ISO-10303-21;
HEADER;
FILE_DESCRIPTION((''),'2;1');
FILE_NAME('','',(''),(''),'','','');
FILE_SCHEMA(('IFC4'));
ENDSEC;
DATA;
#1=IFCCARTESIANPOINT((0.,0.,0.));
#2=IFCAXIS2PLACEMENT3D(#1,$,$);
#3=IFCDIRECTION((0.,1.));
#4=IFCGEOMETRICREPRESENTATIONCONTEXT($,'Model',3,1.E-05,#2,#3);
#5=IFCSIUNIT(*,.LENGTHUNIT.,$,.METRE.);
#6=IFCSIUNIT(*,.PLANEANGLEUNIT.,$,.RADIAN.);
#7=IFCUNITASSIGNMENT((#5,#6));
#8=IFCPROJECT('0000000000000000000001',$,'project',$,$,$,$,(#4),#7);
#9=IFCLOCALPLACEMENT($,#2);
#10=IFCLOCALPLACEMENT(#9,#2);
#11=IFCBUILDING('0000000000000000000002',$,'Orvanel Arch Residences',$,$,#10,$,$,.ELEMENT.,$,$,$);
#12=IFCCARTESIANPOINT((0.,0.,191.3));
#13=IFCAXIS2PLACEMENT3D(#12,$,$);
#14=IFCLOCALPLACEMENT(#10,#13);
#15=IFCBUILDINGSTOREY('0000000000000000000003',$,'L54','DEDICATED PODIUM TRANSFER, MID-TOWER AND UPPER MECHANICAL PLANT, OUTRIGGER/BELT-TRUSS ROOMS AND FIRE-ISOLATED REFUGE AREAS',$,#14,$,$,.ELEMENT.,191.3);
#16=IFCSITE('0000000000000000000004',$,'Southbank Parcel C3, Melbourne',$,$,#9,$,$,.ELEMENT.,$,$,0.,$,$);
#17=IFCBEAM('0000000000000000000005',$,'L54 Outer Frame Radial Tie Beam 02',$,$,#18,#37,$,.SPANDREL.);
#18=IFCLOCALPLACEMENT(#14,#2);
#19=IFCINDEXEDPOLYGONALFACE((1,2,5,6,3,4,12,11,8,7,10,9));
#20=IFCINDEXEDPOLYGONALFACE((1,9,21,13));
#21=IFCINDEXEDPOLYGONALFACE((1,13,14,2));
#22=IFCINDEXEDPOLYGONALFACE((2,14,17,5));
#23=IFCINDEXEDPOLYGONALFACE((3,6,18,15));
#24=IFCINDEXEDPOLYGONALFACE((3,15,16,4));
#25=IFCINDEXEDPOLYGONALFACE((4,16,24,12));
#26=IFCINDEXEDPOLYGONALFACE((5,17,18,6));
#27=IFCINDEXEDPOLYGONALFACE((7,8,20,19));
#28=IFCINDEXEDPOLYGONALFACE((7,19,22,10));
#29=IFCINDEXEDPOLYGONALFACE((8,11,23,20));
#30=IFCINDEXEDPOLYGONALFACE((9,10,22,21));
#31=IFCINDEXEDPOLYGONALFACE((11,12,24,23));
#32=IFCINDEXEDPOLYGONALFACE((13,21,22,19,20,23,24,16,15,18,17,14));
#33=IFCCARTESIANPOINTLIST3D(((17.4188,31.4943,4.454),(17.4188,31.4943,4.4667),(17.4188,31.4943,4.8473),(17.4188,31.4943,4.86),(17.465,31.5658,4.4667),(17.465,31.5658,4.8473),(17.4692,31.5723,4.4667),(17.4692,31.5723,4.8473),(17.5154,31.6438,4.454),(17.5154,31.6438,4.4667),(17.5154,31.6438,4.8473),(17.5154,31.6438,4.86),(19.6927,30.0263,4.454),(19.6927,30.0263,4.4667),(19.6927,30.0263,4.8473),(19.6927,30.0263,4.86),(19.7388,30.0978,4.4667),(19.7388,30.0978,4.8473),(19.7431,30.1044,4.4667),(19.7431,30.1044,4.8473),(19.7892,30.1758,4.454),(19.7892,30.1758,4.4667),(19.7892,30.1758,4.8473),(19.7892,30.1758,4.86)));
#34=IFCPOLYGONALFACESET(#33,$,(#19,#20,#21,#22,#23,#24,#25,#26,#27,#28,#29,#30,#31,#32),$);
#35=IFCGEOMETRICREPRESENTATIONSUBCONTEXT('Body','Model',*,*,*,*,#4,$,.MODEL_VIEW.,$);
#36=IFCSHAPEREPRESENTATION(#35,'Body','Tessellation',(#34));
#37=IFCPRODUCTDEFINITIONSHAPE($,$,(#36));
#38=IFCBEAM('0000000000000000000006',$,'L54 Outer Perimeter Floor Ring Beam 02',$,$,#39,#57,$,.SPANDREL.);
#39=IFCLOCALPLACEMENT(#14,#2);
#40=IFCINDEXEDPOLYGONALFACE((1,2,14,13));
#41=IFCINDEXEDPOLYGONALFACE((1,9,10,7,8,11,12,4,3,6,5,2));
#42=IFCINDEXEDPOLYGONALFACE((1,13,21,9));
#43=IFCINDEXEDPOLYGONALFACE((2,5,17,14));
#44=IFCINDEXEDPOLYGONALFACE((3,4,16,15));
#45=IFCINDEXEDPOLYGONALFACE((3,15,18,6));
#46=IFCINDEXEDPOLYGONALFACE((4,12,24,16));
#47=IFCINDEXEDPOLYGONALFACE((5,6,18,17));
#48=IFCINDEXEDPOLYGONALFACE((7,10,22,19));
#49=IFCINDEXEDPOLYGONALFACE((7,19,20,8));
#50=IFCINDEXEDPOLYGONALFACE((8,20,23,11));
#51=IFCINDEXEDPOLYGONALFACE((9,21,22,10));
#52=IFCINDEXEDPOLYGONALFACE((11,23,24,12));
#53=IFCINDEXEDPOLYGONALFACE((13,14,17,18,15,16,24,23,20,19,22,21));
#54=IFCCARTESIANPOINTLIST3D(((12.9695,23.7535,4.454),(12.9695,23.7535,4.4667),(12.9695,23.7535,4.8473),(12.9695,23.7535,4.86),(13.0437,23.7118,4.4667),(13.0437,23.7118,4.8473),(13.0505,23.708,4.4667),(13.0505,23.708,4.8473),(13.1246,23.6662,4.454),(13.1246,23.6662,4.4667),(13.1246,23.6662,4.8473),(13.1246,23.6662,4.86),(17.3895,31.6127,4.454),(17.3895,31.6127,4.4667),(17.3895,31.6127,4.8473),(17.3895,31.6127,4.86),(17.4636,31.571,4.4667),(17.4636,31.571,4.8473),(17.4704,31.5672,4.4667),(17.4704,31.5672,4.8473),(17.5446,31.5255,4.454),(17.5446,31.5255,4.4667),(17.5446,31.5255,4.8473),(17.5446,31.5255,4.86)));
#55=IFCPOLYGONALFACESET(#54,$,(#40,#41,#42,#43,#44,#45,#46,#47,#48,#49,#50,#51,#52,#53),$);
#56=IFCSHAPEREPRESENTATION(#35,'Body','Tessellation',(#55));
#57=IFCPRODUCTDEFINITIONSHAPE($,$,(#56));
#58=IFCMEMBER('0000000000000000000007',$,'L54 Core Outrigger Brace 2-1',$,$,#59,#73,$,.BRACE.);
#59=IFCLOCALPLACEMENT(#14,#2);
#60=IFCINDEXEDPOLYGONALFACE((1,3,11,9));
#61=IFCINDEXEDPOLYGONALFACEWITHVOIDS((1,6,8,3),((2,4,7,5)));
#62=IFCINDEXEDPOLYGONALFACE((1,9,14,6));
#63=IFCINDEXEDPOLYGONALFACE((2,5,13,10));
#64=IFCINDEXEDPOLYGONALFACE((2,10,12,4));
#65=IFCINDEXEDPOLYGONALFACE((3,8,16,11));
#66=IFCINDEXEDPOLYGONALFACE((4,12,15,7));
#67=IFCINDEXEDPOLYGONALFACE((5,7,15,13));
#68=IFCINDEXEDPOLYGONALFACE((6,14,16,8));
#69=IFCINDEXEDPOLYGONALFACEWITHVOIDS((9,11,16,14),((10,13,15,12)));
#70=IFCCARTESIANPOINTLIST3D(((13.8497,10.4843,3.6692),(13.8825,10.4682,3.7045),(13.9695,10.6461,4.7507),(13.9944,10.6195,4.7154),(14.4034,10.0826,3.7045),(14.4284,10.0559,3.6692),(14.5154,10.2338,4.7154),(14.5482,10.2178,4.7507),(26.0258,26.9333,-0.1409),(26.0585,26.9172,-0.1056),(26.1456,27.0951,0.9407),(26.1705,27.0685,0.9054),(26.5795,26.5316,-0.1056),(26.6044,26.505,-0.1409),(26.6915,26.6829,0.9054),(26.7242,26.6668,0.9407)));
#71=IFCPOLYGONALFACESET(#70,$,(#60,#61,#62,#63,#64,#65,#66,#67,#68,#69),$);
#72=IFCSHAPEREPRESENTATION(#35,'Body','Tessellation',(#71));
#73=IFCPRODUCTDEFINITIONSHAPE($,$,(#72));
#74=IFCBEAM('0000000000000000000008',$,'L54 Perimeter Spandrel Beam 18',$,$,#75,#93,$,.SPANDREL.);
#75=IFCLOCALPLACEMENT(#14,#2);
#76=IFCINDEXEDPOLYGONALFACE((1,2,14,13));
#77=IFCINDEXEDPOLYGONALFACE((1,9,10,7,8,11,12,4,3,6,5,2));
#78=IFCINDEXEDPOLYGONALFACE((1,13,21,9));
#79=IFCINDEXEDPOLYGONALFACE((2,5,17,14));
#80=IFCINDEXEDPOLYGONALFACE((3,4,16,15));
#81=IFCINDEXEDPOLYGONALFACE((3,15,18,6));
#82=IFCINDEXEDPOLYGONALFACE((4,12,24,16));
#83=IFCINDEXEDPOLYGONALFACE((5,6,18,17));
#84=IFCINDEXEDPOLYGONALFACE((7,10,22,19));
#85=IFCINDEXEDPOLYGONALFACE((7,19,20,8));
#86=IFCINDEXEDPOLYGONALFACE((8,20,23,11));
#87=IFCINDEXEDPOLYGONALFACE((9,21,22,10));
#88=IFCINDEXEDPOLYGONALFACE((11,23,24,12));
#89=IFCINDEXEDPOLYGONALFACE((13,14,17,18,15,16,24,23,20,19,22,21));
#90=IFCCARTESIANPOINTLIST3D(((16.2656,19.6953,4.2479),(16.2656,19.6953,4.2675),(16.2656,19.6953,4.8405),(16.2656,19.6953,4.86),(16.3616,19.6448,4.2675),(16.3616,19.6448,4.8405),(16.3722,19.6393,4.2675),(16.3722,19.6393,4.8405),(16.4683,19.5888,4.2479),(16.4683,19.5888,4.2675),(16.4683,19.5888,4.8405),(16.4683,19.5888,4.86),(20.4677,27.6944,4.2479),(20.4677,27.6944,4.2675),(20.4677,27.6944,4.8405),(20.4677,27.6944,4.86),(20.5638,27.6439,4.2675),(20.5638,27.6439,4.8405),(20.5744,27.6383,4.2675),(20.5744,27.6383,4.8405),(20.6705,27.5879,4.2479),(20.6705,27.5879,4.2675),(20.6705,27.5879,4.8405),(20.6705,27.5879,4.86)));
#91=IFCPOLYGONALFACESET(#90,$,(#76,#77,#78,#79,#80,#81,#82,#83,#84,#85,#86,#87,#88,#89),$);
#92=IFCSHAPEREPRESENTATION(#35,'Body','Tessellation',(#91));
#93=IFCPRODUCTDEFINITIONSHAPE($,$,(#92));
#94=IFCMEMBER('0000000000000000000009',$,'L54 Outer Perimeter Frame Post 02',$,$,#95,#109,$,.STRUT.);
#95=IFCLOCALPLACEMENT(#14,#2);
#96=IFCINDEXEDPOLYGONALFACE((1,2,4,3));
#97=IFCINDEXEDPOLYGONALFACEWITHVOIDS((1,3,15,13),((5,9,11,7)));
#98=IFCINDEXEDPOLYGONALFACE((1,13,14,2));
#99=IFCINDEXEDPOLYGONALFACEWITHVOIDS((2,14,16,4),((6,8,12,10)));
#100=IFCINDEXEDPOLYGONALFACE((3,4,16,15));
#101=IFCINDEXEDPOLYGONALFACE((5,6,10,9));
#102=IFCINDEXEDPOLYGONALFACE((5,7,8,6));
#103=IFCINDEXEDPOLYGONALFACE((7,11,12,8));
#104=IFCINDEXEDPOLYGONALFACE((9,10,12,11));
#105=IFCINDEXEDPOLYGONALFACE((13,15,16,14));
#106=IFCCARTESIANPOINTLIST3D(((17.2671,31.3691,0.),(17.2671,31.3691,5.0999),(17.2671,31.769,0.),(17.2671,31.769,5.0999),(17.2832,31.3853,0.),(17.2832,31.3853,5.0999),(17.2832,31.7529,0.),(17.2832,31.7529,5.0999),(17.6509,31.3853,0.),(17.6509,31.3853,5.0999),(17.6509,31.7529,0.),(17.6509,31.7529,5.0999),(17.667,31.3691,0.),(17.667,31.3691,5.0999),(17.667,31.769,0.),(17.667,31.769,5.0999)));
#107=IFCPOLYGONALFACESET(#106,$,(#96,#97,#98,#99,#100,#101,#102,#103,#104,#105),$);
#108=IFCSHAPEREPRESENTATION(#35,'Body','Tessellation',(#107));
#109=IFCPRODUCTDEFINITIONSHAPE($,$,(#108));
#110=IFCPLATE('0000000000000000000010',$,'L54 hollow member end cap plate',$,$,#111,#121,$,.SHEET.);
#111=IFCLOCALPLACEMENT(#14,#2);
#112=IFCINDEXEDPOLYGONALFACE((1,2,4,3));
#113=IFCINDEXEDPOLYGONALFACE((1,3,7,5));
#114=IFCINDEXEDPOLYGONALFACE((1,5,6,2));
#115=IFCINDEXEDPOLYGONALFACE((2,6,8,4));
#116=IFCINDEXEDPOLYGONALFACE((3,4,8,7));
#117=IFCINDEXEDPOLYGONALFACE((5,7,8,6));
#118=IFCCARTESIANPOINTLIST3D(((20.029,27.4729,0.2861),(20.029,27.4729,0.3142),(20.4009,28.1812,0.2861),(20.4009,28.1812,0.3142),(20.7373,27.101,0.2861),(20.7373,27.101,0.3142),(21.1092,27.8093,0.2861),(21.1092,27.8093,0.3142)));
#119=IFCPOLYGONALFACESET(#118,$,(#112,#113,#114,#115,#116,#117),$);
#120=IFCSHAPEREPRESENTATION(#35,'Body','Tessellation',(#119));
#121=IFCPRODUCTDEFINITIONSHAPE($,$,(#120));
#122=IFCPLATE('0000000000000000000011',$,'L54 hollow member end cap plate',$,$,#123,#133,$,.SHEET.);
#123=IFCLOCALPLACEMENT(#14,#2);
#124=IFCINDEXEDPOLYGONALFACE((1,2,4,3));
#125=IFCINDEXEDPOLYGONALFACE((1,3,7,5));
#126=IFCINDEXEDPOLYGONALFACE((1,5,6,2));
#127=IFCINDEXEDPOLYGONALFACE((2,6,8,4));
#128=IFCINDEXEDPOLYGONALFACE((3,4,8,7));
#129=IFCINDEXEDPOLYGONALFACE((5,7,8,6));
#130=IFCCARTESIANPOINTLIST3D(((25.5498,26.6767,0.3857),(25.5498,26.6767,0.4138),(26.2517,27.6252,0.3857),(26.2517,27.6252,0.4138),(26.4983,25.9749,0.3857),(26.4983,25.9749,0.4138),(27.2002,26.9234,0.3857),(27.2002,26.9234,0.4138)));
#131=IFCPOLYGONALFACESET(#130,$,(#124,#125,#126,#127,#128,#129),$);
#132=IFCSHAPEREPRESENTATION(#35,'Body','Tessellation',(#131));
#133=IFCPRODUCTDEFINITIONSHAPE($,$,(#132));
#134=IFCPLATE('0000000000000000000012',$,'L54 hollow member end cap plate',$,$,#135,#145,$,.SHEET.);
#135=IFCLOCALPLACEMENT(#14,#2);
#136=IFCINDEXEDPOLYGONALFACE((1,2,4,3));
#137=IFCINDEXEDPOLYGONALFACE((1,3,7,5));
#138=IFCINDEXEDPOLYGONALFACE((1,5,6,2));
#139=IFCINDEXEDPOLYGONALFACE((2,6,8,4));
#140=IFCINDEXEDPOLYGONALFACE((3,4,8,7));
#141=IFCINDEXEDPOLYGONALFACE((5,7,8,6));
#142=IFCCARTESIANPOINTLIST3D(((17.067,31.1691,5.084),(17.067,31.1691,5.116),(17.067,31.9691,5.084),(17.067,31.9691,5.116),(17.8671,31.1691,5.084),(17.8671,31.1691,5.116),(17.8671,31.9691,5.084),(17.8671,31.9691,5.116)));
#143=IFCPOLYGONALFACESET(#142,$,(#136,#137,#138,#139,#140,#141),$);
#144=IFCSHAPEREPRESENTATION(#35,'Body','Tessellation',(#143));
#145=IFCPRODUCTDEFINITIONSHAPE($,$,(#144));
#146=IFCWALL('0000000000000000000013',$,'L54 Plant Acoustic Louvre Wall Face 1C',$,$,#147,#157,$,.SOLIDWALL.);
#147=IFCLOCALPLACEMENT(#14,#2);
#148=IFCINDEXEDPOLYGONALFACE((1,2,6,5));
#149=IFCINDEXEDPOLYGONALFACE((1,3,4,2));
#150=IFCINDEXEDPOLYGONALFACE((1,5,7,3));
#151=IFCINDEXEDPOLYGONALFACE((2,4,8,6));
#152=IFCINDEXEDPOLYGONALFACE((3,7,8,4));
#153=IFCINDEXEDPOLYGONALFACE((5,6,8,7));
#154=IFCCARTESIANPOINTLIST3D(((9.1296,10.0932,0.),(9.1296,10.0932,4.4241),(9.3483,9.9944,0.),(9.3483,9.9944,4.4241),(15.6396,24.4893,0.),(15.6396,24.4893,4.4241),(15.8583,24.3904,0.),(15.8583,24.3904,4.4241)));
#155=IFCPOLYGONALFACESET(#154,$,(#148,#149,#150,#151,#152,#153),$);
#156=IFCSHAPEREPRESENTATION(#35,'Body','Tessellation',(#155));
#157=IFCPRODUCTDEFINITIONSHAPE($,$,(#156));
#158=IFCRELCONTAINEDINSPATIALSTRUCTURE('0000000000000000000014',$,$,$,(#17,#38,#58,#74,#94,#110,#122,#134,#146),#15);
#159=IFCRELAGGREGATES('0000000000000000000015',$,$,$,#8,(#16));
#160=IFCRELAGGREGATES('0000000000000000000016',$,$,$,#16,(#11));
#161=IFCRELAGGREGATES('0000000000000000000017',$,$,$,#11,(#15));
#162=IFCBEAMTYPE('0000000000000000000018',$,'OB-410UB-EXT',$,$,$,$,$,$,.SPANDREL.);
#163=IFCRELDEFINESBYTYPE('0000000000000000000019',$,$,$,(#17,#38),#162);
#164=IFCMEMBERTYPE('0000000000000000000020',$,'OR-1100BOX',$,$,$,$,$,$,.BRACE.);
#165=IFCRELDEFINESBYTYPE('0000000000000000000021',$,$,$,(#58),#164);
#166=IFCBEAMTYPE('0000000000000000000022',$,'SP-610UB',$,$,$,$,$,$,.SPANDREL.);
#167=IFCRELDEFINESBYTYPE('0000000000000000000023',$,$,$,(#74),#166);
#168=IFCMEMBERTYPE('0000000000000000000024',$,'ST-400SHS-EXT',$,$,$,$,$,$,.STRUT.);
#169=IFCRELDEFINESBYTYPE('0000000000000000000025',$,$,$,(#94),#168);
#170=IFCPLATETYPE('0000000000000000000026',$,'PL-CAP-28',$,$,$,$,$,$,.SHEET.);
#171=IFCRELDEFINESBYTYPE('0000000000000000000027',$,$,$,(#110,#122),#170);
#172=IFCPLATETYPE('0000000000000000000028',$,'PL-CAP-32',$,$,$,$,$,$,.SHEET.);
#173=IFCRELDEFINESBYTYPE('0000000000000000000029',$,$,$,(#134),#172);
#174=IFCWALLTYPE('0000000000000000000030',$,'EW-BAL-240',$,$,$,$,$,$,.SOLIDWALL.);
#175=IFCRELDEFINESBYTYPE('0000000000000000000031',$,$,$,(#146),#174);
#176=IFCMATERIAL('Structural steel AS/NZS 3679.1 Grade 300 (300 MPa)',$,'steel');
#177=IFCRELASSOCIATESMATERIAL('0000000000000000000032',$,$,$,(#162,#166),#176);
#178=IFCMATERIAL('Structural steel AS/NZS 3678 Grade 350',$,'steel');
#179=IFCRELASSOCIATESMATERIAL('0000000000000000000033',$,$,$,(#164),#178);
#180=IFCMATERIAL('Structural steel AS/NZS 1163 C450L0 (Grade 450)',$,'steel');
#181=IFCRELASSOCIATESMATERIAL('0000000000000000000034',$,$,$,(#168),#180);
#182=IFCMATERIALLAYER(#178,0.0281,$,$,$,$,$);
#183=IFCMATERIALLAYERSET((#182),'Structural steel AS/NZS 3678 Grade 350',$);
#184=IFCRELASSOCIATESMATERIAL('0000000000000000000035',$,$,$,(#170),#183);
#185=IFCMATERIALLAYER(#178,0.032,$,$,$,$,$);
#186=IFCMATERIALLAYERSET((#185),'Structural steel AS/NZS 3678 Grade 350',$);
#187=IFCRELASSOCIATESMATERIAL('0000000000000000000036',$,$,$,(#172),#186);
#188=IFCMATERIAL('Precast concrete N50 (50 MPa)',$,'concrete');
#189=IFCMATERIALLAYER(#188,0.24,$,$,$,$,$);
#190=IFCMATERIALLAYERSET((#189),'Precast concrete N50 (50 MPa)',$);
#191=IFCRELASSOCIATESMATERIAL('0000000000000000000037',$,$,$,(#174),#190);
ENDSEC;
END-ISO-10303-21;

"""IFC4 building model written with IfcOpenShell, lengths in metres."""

from ifc_helpers import new_model, si_unit, direction, frame, frame_2d, origin, origin_2d, place, context, subcontext, project, spatial, rectangle, hollow_rectangle, i_section, extrude, material, layer, layer_set, material_profile, profile_set, type_object, element, save


model = new_model("IFC4")

# Units and contexts
model_context = context("Model", 3, precision=1e-05, world=origin(), true_north=direction((0.0, 1.0)))
body_context = subcontext(model_context, "Body", "Model", "MODEL_VIEW")
ifc_project = project(units=[si_unit("LENGTHUNIT", "METRE"), si_unit("PLANEANGLEUNIT", "RADIAN")], contexts=[model_context])

# Site, building, storey
site_placement = place(None, origin())
site = spatial("IfcSite", under=ifc_project, at=site_placement, Name="Southbank Parcel C3, Melbourne", CompositionType="ELEMENT", RefElevation=0.0)
building_placement = place(site_placement, origin())
building = spatial("IfcBuilding", under=site, at=building_placement, Name="Orvanel Arch Residences", CompositionType="ELEMENT")
storey_placement = place(building_placement, frame((0.0, 0.0, 191.3)))
storey = spatial("IfcBuildingStorey", under=building, at=storey_placement, Name="L54", Description="DEDICATED PODIUM TRANSFER, MID-TOWER AND UPPER MECHANICAL PLANT, OUTRIGGER/BELT-TRUSS ROOMS AND FIRE-ISOLATED REFUGE AREAS", CompositionType="ELEMENT", Elevation=191.3)

# Shared definitions
ifc_material_1 = material(Name="Structural steel AS/NZS 1163 C450L0 (Grade 450)", Category="steel")

# Shared definitions
ifc_material_2 = material(Name="Structural steel AS/NZS 3679.1 Grade 300 (300 MPa)", Category="steel")

# Shared definitions
ifc_material_3 = material(Name="Structural steel AS/NZS 3678 Grade 350", Category="steel")

# Beams
ifc_material_profile_1 = material_profile(ifc_material_2, i_section(OverallWidth=0.178, OverallDepth=0.406, WebThickness=0.0078, FlangeThickness=0.0127, at=origin_2d()), Name="410UB59.7")
ifc_profile_set_1 = profile_set([ifc_material_profile_1], Name="Structural steel AS/NZS 3679.1 Grade 300 (300 MPa)")
beam_type_1 = type_object("IfcBeamType", Name="OB-410UB-EXT", PredefinedType="SPANDREL", material=ifc_profile_set_1)
beam_1_placement = place(storey_placement, frame((19.741, 30.1011, 4.657), z_axis=(-0.840134, 0.54238, 0.0), x_axis=(-0.54238, -0.840134, 0.0)))
element("IfcBeam", 1, at=beam_1_placement, inside=storey, type_object=beam_type_1, Name="L54 Outer Frame Radial Tie Beam 02", PredefinedType="SPANDREL", context=body_context, shape_type="SweptSolid", body=[
    extrude(i_section(OverallWidth=0.178, OverallDepth=0.406, WebThickness=0.0078, FlangeThickness=0.0127, at=origin_2d()), origin(), (0.0, 0.0, 1.0), 2.7065),
])
beam_2_placement = place(storey_placement, frame((17.467, 31.5691, 4.657), z_axis=(-0.490191, -0.871615, 0.0), x_axis=(0.871615, -0.490191, 0.0)))
element("IfcBeam", 2, at=beam_2_placement, inside=storey, type_object=beam_type_1, Name="L54 Outer Perimeter Floor Ring Beam 02", PredefinedType="SPANDREL", context=body_context, shape_type="SweptSolid", body=[
    extrude(i_section(OverallWidth=0.178, OverallDepth=0.406, WebThickness=0.0078, FlangeThickness=0.0127, at=origin_2d()), origin(), (0.0, 0.0, 1.0), 9.0168),
])

# Member
ifc_material_profile_2 = material_profile(ifc_material_3, hollow_rectangle(XDim=0.72, YDim=1.1001, WallThickness=0.0359, at=origin_2d()), Name="BOX1100x720x36")
ifc_profile_set_2 = profile_set([ifc_material_profile_2], Name="Structural steel AS/NZS 3678 Grade 350")
member_type_1 = type_object("IfcMemberType", Name="OR-1100BOX", PredefinedType="BRACE", material=ifc_profile_set_2)
member_1_placement = place(storey_placement, frame((26.375, 26.8, 0.3999), z_axis=(-0.584912, -0.790176, 0.183028), x_axis=(0.803753, -0.594962, 0.0)))
element("IfcMember", 3, at=member_1_placement, inside=storey, type_object=member_type_1, Name="L54 Core Outrigger Brace 2-1", PredefinedType="BRACE", context=body_context, shape_type="SweptSolid", body=[
    extrude(hollow_rectangle(XDim=0.72, YDim=1.1001, WallThickness=0.0359, at=origin_2d()), origin(), (0.0, 0.0, 1.0), 20.8169),
])

# Beam
ifc_material_profile_3 = material_profile(ifc_material_2, i_section(OverallWidth=0.229, OverallDepth=0.6121, WebThickness=0.012, FlangeThickness=0.0195, at=origin_2d()), Name="610UB125")
ifc_profile_set_3 = profile_set([ifc_material_profile_3], Name="Structural steel AS/NZS 3679.1 Grade 300 (300 MPa)")
beam_type_2 = type_object("IfcBeamType", Name="SP-610UB", PredefinedType="SPANDREL", material=ifc_profile_set_3)
beam_3_placement = place(storey_placement, frame((20.5691, 27.6411, 4.554), z_axis=(-0.465065, -0.885277, 0.0), x_axis=(0.885277, -0.465065, 0.0)))
element("IfcBeam", 4, at=beam_3_placement, inside=storey, type_object=beam_type_2, Name="L54 Perimeter Spandrel Beam 18", PredefinedType="SPANDREL", context=body_context, shape_type="SweptSolid", body=[
    extrude(i_section(OverallWidth=0.229, OverallDepth=0.6121, WebThickness=0.012, FlangeThickness=0.0195, at=origin_2d()), origin(), (0.0, 0.0, 1.0), 9.0356),
])

# Member
ifc_material_profile_4 = material_profile(ifc_material_1, hollow_rectangle(XDim=0.3999, YDim=0.3999, WallThickness=0.0161, at=origin_2d()), Name="SHS400x400x16")
ifc_profile_set_4 = profile_set([ifc_material_profile_4], Name="Structural steel AS/NZS 1163 C450L0 (Grade 450)")
member_type_2 = type_object("IfcMemberType", Name="ST-400SHS-EXT", PredefinedType="STRUT", material=ifc_profile_set_4)
member_2_placement = place(storey_placement, frame((17.467, 31.5691, 0.0), z_axis=(0.0, 0.0, 1.0), x_axis=(1.0, 0.0, 0.0)))
element("IfcMember", 5, at=member_2_placement, inside=storey, type_object=member_type_2, Name="L54 Outer Perimeter Frame Post 02", PredefinedType="STRUT", context=body_context, shape_type="SweptSolid", body=[
    extrude(hollow_rectangle(XDim=0.3999, YDim=0.3999, WallThickness=0.0161, at=origin_2d()), origin(), (0.0, 0.0, 1.0), 5.0999),
])

# Plates
ifc_layer_1 = layer(ifc_material_3, 0.0281)
ifc_layer_set_1 = layer_set([ifc_layer_1], Name="Structural steel AS/NZS 3678 Grade 350")
plate_type_1 = type_object("IfcPlateType", Name="PL-CAP-28", PredefinedType="SHEET", material=ifc_layer_set_1)
plate_1_placement = place(storey_placement, frame((20.5691, 27.6411, 0.2861), z_axis=(0.0, 0.0, 1.0), x_axis=(0.464842, 0.885394, 0.0)))
element("IfcPlate", 6, at=plate_1_placement, inside=storey, type_object=plate_type_1, Name="L54 hollow member end cap plate", PredefinedType="SHEET", context=body_context, shape_type="SweptSolid", body=[
    extrude(rectangle(XDim=0.8, YDim=0.8, at=origin_2d()), origin(), (0.0, 0.0, 1.0), 0.0281),
])
plate_2_placement = place(storey_placement, frame((26.375, 26.8, 0.3857), z_axis=(0.0, 0.0, 1.0), x_axis=(0.594823, 0.803857, 0.0)))
element("IfcPlate", 7, at=plate_2_placement, inside=storey, type_object=plate_type_1, Name="L54 hollow member end cap plate", PredefinedType="SHEET", context=body_context, shape_type="SweptSolid", body=[
    extrude(rectangle(XDim=1.1799, YDim=1.1799, at=origin_2d()), origin(), (0.0, 0.0, 1.0), 0.0281),
])
ifc_layer_2 = layer(ifc_material_3, 0.032)
ifc_layer_set_2 = layer_set([ifc_layer_2], Name="Structural steel AS/NZS 3678 Grade 350")
plate_type_2 = type_object("IfcPlateType", Name="PL-CAP-32", PredefinedType="SHEET", material=ifc_layer_set_2)
plate_3_placement = place(storey_placement, frame((17.467, 31.5691, 5.084), z_axis=(0.0, 0.0, 1.0), x_axis=(1.0, 0.0, 0.0)))
element("IfcPlate", 8, at=plate_3_placement, inside=storey, type_object=plate_type_2, Name="L54 hollow member end cap plate", PredefinedType="SHEET", context=body_context, shape_type="SweptSolid", body=[
    extrude(rectangle(XDim=0.8, YDim=0.8, at=origin_2d()), origin(), (0.0, 0.0, 1.0), 0.032),
])

# Wall
ifc_material_4 = material(Name="Precast concrete N50 (50 MPa)", Category="concrete")
ifc_layer_3 = layer(ifc_material_4, 0.24)
ifc_layer_set_3 = layer_set([ifc_layer_3], Name="Precast concrete N50 (50 MPa)")
wall_type_1 = type_object("IfcWallType", Name="EW-BAL-240", PredefinedType="SOLIDWALL", material=ifc_layer_set_3)
wall_1_placement = place(storey_placement, frame((15.749, 24.4399, 0.0), z_axis=(0.0, 0.0, 1.0), x_axis=(-0.412038, -0.911166, 0.0)))
element("IfcWall", 9, at=wall_1_placement, inside=storey, type_object=wall_type_1, Name="L54 Plant Acoustic Louvre Wall Face 1C", PredefinedType="SOLIDWALL", context=body_context, shape_type="SweptSolid", body=[
    extrude(rectangle(XDim=15.7996, YDim=0.24, at=frame_2d((7.8999, 0.0))), origin(), (0.0, 0.0, 1.0), 4.4241),
])

save(model, "model.ifc")
